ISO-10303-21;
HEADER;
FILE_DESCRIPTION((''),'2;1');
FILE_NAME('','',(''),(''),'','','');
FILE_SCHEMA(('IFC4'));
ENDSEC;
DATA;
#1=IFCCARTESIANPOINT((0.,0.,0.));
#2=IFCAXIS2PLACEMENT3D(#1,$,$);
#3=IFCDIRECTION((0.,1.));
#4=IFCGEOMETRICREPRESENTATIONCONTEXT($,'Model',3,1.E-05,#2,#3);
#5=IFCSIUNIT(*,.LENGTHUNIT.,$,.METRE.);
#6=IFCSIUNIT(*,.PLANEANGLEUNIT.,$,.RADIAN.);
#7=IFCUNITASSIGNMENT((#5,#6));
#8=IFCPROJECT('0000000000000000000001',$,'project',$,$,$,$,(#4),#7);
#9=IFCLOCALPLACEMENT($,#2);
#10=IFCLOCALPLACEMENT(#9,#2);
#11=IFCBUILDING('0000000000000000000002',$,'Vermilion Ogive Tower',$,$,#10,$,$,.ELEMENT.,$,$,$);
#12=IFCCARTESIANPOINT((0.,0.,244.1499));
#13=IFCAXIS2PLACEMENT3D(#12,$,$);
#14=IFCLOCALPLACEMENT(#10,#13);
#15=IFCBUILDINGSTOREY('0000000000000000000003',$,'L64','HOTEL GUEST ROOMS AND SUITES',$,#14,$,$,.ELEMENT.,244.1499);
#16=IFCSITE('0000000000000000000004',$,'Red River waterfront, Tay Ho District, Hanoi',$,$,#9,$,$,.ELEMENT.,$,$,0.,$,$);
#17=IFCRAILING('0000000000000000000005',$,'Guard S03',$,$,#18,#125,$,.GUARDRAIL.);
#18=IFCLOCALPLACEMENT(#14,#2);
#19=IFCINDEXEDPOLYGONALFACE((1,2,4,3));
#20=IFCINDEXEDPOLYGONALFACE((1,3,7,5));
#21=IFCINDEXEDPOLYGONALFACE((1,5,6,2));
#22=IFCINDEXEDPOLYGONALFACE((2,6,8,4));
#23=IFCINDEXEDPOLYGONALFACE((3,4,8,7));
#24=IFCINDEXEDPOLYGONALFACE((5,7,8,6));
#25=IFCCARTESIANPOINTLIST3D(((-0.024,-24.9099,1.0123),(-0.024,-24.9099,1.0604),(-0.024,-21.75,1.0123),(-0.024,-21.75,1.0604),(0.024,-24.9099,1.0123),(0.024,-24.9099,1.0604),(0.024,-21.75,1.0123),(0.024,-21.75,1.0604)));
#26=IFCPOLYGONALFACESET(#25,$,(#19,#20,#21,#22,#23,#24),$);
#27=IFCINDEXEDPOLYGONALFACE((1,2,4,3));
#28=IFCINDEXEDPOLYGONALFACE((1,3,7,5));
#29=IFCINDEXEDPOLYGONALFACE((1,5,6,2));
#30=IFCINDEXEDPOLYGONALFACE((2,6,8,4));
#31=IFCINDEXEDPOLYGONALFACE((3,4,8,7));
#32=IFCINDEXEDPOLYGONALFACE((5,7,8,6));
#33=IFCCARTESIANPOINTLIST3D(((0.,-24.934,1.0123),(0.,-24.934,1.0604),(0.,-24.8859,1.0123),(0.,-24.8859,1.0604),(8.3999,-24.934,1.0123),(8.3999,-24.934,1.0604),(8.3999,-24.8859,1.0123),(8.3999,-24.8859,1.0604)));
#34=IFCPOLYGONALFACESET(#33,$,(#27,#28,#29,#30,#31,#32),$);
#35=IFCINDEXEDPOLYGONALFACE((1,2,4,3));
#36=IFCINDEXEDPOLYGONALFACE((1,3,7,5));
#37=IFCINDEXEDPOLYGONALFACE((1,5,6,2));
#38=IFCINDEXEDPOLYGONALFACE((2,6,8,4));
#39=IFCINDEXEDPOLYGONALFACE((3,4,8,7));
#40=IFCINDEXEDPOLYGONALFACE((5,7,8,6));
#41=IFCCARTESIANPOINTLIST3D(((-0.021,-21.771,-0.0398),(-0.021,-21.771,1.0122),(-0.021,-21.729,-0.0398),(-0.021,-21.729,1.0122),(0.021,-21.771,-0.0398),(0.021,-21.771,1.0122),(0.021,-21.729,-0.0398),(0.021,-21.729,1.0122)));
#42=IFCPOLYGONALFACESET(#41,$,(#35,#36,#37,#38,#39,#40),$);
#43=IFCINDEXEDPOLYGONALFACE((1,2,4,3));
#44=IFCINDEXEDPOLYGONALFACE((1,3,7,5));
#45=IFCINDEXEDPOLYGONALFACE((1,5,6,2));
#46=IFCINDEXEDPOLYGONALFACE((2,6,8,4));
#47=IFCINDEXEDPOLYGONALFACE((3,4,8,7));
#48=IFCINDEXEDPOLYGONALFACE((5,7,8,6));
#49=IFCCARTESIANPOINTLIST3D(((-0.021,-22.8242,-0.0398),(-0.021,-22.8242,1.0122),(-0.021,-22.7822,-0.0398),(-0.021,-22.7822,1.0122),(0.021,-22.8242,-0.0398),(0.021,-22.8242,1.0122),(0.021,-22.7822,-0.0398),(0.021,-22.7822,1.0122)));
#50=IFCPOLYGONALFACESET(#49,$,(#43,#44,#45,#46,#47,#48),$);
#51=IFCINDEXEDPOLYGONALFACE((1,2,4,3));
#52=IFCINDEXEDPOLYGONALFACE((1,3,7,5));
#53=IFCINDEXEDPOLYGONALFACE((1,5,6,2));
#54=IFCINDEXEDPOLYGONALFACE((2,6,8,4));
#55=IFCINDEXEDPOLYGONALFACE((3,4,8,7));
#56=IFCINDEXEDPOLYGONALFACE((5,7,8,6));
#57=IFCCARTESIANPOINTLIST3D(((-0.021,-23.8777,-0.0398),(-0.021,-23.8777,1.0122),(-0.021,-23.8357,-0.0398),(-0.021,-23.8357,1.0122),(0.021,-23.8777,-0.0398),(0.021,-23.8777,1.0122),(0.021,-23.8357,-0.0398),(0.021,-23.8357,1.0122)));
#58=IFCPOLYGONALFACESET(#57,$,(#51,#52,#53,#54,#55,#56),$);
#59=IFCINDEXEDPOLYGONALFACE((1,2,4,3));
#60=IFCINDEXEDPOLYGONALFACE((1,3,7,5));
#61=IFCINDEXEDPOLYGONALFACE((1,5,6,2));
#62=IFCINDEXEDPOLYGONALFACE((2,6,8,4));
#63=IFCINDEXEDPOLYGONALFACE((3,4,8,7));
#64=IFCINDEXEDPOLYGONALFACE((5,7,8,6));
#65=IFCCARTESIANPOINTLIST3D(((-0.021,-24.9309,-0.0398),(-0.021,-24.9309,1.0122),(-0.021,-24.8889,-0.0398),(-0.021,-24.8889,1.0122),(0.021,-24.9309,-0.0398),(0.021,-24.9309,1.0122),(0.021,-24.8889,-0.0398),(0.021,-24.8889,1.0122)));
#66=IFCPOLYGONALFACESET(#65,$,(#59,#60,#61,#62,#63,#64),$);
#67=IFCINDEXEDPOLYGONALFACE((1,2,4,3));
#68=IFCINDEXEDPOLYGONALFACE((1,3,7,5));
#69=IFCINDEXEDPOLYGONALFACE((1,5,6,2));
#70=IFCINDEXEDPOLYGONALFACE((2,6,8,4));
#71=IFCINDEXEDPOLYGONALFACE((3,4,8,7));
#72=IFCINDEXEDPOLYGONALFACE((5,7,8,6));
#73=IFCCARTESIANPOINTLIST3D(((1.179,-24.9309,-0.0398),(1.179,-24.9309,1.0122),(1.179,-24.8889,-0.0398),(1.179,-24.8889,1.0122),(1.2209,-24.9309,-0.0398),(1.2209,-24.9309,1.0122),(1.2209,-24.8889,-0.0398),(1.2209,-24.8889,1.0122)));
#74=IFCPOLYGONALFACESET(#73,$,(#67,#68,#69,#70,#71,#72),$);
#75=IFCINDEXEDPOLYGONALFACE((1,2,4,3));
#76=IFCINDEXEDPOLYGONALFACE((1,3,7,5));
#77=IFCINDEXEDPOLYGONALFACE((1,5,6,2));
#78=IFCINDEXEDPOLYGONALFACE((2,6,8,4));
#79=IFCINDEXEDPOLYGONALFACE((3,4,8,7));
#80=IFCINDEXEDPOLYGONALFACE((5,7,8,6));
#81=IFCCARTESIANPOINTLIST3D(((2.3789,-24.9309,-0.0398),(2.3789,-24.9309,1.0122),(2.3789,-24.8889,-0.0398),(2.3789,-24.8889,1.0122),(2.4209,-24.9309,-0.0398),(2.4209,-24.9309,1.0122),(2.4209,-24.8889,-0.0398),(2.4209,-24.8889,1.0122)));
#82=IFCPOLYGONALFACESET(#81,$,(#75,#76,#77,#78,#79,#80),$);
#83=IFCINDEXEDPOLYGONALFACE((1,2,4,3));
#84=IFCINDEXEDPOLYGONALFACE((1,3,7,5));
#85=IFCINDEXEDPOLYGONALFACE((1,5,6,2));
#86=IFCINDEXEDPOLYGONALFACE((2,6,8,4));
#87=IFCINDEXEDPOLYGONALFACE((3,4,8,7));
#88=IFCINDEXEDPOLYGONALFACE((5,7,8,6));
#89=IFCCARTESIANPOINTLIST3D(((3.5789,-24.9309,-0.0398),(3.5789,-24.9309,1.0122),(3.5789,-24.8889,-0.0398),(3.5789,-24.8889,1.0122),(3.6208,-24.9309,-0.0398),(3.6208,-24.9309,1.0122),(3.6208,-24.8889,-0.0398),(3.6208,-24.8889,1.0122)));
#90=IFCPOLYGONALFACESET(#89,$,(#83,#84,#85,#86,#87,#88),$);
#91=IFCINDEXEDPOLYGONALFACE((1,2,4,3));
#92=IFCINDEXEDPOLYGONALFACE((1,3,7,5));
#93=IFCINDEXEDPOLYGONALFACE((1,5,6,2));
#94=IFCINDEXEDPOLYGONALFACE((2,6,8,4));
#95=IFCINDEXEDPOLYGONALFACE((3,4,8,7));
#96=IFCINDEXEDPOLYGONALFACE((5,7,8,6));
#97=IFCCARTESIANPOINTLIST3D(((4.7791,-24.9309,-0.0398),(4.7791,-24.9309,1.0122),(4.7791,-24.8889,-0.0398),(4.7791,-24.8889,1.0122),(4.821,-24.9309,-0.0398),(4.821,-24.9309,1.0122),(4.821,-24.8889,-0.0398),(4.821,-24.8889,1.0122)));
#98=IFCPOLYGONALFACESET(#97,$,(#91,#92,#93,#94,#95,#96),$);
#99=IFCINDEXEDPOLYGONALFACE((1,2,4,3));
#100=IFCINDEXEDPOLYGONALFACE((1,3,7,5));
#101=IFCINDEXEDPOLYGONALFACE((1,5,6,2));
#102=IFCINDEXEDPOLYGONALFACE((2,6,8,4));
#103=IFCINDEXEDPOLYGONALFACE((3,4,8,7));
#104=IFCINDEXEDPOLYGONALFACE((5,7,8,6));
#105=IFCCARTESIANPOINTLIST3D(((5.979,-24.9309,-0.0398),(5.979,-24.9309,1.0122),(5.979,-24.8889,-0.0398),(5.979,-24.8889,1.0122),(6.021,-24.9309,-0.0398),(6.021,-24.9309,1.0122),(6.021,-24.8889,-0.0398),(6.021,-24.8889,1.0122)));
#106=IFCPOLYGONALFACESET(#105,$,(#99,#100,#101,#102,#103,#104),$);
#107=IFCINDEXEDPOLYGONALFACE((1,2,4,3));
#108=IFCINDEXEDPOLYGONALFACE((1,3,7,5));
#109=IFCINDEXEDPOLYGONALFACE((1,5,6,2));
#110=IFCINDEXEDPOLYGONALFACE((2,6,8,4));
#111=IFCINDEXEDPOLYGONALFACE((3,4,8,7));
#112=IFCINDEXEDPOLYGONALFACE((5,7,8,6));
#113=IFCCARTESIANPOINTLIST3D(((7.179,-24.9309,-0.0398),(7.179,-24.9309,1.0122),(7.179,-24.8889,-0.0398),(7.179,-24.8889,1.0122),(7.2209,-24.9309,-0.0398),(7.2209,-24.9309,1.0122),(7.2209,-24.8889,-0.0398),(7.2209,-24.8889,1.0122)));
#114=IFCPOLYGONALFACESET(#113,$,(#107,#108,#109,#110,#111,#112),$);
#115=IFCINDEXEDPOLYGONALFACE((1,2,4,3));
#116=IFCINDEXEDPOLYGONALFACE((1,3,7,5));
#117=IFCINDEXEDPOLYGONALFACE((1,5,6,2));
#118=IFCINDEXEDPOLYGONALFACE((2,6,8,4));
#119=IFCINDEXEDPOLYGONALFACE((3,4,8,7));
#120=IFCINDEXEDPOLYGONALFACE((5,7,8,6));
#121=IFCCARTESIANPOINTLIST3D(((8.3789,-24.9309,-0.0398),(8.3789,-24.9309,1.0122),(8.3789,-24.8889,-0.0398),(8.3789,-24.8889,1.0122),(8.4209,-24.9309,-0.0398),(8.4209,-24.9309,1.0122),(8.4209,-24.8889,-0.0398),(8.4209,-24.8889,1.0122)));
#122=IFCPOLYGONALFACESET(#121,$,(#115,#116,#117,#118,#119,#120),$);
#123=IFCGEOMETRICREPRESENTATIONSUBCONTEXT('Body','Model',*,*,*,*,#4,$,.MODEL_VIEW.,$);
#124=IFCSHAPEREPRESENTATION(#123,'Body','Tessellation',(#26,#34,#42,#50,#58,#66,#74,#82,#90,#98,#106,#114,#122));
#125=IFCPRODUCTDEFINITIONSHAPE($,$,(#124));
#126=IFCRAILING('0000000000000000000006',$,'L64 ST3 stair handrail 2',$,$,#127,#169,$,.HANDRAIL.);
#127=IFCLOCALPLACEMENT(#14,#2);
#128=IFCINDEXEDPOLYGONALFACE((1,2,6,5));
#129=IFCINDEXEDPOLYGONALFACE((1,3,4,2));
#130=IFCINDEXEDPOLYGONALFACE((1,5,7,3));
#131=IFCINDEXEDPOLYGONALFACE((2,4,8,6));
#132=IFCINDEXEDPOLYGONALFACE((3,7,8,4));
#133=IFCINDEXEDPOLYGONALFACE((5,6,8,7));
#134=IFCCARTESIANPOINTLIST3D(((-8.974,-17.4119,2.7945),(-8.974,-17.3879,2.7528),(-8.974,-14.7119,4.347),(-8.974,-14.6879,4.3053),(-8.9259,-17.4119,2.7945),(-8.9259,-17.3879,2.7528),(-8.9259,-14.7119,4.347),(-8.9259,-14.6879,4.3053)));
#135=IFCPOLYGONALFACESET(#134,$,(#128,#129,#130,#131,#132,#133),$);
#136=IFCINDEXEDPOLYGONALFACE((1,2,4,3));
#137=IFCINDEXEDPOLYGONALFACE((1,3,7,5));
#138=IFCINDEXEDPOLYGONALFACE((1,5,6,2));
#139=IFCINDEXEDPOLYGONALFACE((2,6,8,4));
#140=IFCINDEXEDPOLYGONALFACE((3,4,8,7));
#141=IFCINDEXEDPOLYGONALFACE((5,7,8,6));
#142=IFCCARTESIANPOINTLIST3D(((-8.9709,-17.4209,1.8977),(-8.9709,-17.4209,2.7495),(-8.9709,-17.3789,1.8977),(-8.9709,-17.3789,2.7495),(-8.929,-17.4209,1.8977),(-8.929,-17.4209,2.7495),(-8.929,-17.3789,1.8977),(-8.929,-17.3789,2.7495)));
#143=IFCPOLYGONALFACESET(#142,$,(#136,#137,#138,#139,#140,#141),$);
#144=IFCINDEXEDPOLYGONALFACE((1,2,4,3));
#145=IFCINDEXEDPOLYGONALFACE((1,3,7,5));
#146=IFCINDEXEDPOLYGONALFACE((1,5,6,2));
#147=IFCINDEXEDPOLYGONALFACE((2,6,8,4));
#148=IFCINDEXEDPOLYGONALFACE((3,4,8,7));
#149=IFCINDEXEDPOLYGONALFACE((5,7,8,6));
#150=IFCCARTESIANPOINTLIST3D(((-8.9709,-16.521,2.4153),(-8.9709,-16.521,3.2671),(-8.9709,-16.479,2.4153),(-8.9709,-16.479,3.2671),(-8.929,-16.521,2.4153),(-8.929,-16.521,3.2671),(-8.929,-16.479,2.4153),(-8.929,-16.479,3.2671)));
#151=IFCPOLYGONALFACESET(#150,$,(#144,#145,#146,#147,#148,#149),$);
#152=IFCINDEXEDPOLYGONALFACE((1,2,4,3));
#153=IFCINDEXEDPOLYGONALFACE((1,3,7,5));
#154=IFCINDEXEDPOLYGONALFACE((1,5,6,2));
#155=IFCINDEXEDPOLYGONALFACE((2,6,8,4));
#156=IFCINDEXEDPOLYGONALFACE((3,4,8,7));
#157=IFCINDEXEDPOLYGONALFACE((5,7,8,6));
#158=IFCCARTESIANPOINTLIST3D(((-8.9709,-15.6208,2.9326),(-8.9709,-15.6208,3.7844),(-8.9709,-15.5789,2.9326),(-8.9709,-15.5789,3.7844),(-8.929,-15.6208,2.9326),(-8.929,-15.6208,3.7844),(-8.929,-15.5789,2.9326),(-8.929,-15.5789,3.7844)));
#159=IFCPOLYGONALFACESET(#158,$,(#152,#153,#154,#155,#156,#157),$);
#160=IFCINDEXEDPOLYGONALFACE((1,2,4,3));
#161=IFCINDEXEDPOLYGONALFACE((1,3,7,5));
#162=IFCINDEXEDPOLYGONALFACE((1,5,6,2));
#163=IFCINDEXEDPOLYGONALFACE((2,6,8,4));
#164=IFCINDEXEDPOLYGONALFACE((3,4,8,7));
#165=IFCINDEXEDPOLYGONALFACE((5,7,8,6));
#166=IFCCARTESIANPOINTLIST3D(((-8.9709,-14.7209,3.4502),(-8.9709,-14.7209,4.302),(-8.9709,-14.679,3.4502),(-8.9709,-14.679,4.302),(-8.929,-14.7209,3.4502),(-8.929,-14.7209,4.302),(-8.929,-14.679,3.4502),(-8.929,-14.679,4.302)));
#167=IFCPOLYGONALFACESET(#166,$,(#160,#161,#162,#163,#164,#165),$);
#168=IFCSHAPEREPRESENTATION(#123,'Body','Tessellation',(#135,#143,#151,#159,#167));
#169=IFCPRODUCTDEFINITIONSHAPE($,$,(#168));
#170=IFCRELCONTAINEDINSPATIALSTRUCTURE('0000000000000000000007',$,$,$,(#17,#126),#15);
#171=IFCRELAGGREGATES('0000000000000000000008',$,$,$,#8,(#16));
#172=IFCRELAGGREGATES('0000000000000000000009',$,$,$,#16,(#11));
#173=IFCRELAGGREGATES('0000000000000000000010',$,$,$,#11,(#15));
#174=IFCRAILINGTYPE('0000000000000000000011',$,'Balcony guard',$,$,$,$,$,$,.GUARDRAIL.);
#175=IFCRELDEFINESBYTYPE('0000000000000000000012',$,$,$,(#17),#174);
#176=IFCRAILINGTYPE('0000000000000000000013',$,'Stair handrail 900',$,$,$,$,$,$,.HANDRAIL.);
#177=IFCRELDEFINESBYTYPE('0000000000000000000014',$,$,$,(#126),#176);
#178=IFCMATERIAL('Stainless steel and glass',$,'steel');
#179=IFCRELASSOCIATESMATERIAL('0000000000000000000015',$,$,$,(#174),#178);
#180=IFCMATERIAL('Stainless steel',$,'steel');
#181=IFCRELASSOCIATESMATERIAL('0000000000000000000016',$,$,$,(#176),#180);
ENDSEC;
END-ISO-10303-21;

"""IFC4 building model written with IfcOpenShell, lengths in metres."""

from ifc_helpers import new_model, si_unit, direction, frame, origin, origin_2d, place, context, subcontext, project, spatial, rectangle, extrude, material, type_object, element, save


model = new_model("IFC4")

# Units and contexts
model_context = context("Model", 3, precision=1e-05, world=origin(), true_north=direction((0.0, 1.0)))
body_context = subcontext(model_context, "Body", "Model", "MODEL_VIEW")
ifc_project = project(units=[si_unit("LENGTHUNIT", "METRE"), si_unit("PLANEANGLEUNIT", "RADIAN")], contexts=[model_context])

# Site, building, storey
site_placement = place(None, origin())
site = spatial("IfcSite", under=ifc_project, at=site_placement, Name="Red River waterfront, Tay Ho District, Hanoi", CompositionType="ELEMENT", RefElevation=0.0)
building_placement = place(site_placement, origin())
building = spatial("IfcBuilding", under=site, at=building_placement, Name="Vermilion Ogive Tower", CompositionType="ELEMENT")
storey_placement = place(building_placement, frame((0.0, 0.0, 244.1499)))
storey = spatial("IfcBuildingStorey", under=building, at=storey_placement, Name="L64", Description="HOTEL GUEST ROOMS AND SUITES", CompositionType="ELEMENT", Elevation=244.1499)

# Railings
ifc_material_1 = material(Name="Stainless steel and glass", Category="steel")
railing_type_1 = type_object("IfcRailingType", Name="Balcony guard", PredefinedType="GUARDRAIL", material=ifc_material_1)
railing_1_placement = place(storey_placement, frame((0.0, -21.75, -0.0398)))
element("IfcRailing", 1, at=railing_1_placement, inside=storey, type_object=railing_type_1, Name="Guard S03", PredefinedType="GUARDRAIL", context=body_context, shape_type="SweptSolid", body=[
    extrude(rectangle(XDim=0.0481, YDim=0.0481, at=origin_2d()), frame((0.0, 0.0, 1.0762), z_axis=(0.0, -1.0, 0.0), x_axis=(1.0, 0.0, 0.0)), (0.0, 0.0, 1.0), 3.1599),
    extrude(rectangle(XDim=0.0481, YDim=0.0481, at=origin_2d()), frame((0.0, -3.1599, 1.0762), z_axis=(1.0, 0.0, 0.0), x_axis=(0.0, 1.0, 0.0)), (0.0, 0.0, 1.0), 8.3999),
    extrude(rectangle(XDim=0.042, YDim=0.042, at=origin_2d()), origin(), (0.0, 0.0, 1.0), 1.052),
    extrude(rectangle(XDim=0.042, YDim=0.042, at=origin_2d()), frame((0.0, -1.0532, 0.0)), (0.0, 0.0, 1.0), 1.052),
    extrude(rectangle(XDim=0.042, YDim=0.042, at=origin_2d()), frame((0.0, -2.1067, 0.0)), (0.0, 0.0, 1.0), 1.052),
    extrude(rectangle(XDim=0.042, YDim=0.042, at=origin_2d()), frame((0.0, -3.1599, 0.0)), (0.0, 0.0, 1.0), 1.052),
    extrude(rectangle(XDim=0.042, YDim=0.042, at=origin_2d()), frame((1.2, -3.1599, 0.0)), (0.0, 0.0, 1.0), 1.052),
    extrude(rectangle(XDim=0.042, YDim=0.042, at=origin_2d()), frame((2.3999, -3.1599, 0.0)), (0.0, 0.0, 1.0), 1.052),
    extrude(rectangle(XDim=0.042, YDim=0.042, at=origin_2d()), frame((3.5999, -3.1599, 0.0)), (0.0, 0.0, 1.0), 1.052),
    extrude(rectangle(XDim=0.042, YDim=0.042, at=origin_2d()), frame((4.8, -3.1599, 0.0)), (0.0, 0.0, 1.0), 1.052),
    extrude(rectangle(XDim=0.042, YDim=0.042, at=origin_2d()), frame((6.0, -3.1599, 0.0)), (0.0, 0.0, 1.0), 1.052),
    extrude(rectangle(XDim=0.042, YDim=0.042, at=origin_2d()), frame((7.2, -3.1599, 0.0)), (0.0, 0.0, 1.0), 1.052),
    extrude(rectangle(XDim=0.042, YDim=0.042, at=origin_2d()), frame((8.3999, -3.1599, 0.0)), (0.0, 0.0, 1.0), 1.052),
])
ifc_material_2 = material(Name="Stainless steel", Category="steel")
railing_type_2 = type_object("IfcRailingType", Name="Stair handrail 900", PredefinedType="HANDRAIL", material=ifc_material_2)
railing_2_placement = place(storey_placement, frame((-8.95, -17.3999, 1.8977)))
element("IfcRailing", 2, at=railing_2_placement, inside=storey, type_object=railing_type_2, Name="L64 ST3 stair handrail 2", PredefinedType="HANDRAIL", context=body_context, shape_type="SweptSolid", body=[
    extrude(rectangle(XDim=0.0481, YDim=0.0481, at=origin_2d()), frame((0.0, 0.0, 0.876), z_axis=(0.0, 0.866904, 0.498476), x_axis=(-1.0, 0.0, 0.0)), (0.0, 0.0, 1.0), 3.1145),
    extrude(rectangle(XDim=0.042, YDim=0.042, at=origin_2d()), origin(), (0.0, 0.0, 1.0), 0.8518),
    extrude(rectangle(XDim=0.042, YDim=0.042, at=origin_2d()), frame((0.0, 0.8999, 0.5176)), (0.0, 0.0, 1.0), 0.8518),
    extrude(rectangle(XDim=0.042, YDim=0.042, at=origin_2d()), frame((0.0, 1.8, 1.0349)), (0.0, 0.0, 1.0), 0.8518),
    extrude(rectangle(XDim=0.042, YDim=0.042, at=origin_2d()), frame((0.0, 2.7, 1.5525)), (0.0, 0.0, 1.0), 0.8518),
])

save(model, "model.ifc")
